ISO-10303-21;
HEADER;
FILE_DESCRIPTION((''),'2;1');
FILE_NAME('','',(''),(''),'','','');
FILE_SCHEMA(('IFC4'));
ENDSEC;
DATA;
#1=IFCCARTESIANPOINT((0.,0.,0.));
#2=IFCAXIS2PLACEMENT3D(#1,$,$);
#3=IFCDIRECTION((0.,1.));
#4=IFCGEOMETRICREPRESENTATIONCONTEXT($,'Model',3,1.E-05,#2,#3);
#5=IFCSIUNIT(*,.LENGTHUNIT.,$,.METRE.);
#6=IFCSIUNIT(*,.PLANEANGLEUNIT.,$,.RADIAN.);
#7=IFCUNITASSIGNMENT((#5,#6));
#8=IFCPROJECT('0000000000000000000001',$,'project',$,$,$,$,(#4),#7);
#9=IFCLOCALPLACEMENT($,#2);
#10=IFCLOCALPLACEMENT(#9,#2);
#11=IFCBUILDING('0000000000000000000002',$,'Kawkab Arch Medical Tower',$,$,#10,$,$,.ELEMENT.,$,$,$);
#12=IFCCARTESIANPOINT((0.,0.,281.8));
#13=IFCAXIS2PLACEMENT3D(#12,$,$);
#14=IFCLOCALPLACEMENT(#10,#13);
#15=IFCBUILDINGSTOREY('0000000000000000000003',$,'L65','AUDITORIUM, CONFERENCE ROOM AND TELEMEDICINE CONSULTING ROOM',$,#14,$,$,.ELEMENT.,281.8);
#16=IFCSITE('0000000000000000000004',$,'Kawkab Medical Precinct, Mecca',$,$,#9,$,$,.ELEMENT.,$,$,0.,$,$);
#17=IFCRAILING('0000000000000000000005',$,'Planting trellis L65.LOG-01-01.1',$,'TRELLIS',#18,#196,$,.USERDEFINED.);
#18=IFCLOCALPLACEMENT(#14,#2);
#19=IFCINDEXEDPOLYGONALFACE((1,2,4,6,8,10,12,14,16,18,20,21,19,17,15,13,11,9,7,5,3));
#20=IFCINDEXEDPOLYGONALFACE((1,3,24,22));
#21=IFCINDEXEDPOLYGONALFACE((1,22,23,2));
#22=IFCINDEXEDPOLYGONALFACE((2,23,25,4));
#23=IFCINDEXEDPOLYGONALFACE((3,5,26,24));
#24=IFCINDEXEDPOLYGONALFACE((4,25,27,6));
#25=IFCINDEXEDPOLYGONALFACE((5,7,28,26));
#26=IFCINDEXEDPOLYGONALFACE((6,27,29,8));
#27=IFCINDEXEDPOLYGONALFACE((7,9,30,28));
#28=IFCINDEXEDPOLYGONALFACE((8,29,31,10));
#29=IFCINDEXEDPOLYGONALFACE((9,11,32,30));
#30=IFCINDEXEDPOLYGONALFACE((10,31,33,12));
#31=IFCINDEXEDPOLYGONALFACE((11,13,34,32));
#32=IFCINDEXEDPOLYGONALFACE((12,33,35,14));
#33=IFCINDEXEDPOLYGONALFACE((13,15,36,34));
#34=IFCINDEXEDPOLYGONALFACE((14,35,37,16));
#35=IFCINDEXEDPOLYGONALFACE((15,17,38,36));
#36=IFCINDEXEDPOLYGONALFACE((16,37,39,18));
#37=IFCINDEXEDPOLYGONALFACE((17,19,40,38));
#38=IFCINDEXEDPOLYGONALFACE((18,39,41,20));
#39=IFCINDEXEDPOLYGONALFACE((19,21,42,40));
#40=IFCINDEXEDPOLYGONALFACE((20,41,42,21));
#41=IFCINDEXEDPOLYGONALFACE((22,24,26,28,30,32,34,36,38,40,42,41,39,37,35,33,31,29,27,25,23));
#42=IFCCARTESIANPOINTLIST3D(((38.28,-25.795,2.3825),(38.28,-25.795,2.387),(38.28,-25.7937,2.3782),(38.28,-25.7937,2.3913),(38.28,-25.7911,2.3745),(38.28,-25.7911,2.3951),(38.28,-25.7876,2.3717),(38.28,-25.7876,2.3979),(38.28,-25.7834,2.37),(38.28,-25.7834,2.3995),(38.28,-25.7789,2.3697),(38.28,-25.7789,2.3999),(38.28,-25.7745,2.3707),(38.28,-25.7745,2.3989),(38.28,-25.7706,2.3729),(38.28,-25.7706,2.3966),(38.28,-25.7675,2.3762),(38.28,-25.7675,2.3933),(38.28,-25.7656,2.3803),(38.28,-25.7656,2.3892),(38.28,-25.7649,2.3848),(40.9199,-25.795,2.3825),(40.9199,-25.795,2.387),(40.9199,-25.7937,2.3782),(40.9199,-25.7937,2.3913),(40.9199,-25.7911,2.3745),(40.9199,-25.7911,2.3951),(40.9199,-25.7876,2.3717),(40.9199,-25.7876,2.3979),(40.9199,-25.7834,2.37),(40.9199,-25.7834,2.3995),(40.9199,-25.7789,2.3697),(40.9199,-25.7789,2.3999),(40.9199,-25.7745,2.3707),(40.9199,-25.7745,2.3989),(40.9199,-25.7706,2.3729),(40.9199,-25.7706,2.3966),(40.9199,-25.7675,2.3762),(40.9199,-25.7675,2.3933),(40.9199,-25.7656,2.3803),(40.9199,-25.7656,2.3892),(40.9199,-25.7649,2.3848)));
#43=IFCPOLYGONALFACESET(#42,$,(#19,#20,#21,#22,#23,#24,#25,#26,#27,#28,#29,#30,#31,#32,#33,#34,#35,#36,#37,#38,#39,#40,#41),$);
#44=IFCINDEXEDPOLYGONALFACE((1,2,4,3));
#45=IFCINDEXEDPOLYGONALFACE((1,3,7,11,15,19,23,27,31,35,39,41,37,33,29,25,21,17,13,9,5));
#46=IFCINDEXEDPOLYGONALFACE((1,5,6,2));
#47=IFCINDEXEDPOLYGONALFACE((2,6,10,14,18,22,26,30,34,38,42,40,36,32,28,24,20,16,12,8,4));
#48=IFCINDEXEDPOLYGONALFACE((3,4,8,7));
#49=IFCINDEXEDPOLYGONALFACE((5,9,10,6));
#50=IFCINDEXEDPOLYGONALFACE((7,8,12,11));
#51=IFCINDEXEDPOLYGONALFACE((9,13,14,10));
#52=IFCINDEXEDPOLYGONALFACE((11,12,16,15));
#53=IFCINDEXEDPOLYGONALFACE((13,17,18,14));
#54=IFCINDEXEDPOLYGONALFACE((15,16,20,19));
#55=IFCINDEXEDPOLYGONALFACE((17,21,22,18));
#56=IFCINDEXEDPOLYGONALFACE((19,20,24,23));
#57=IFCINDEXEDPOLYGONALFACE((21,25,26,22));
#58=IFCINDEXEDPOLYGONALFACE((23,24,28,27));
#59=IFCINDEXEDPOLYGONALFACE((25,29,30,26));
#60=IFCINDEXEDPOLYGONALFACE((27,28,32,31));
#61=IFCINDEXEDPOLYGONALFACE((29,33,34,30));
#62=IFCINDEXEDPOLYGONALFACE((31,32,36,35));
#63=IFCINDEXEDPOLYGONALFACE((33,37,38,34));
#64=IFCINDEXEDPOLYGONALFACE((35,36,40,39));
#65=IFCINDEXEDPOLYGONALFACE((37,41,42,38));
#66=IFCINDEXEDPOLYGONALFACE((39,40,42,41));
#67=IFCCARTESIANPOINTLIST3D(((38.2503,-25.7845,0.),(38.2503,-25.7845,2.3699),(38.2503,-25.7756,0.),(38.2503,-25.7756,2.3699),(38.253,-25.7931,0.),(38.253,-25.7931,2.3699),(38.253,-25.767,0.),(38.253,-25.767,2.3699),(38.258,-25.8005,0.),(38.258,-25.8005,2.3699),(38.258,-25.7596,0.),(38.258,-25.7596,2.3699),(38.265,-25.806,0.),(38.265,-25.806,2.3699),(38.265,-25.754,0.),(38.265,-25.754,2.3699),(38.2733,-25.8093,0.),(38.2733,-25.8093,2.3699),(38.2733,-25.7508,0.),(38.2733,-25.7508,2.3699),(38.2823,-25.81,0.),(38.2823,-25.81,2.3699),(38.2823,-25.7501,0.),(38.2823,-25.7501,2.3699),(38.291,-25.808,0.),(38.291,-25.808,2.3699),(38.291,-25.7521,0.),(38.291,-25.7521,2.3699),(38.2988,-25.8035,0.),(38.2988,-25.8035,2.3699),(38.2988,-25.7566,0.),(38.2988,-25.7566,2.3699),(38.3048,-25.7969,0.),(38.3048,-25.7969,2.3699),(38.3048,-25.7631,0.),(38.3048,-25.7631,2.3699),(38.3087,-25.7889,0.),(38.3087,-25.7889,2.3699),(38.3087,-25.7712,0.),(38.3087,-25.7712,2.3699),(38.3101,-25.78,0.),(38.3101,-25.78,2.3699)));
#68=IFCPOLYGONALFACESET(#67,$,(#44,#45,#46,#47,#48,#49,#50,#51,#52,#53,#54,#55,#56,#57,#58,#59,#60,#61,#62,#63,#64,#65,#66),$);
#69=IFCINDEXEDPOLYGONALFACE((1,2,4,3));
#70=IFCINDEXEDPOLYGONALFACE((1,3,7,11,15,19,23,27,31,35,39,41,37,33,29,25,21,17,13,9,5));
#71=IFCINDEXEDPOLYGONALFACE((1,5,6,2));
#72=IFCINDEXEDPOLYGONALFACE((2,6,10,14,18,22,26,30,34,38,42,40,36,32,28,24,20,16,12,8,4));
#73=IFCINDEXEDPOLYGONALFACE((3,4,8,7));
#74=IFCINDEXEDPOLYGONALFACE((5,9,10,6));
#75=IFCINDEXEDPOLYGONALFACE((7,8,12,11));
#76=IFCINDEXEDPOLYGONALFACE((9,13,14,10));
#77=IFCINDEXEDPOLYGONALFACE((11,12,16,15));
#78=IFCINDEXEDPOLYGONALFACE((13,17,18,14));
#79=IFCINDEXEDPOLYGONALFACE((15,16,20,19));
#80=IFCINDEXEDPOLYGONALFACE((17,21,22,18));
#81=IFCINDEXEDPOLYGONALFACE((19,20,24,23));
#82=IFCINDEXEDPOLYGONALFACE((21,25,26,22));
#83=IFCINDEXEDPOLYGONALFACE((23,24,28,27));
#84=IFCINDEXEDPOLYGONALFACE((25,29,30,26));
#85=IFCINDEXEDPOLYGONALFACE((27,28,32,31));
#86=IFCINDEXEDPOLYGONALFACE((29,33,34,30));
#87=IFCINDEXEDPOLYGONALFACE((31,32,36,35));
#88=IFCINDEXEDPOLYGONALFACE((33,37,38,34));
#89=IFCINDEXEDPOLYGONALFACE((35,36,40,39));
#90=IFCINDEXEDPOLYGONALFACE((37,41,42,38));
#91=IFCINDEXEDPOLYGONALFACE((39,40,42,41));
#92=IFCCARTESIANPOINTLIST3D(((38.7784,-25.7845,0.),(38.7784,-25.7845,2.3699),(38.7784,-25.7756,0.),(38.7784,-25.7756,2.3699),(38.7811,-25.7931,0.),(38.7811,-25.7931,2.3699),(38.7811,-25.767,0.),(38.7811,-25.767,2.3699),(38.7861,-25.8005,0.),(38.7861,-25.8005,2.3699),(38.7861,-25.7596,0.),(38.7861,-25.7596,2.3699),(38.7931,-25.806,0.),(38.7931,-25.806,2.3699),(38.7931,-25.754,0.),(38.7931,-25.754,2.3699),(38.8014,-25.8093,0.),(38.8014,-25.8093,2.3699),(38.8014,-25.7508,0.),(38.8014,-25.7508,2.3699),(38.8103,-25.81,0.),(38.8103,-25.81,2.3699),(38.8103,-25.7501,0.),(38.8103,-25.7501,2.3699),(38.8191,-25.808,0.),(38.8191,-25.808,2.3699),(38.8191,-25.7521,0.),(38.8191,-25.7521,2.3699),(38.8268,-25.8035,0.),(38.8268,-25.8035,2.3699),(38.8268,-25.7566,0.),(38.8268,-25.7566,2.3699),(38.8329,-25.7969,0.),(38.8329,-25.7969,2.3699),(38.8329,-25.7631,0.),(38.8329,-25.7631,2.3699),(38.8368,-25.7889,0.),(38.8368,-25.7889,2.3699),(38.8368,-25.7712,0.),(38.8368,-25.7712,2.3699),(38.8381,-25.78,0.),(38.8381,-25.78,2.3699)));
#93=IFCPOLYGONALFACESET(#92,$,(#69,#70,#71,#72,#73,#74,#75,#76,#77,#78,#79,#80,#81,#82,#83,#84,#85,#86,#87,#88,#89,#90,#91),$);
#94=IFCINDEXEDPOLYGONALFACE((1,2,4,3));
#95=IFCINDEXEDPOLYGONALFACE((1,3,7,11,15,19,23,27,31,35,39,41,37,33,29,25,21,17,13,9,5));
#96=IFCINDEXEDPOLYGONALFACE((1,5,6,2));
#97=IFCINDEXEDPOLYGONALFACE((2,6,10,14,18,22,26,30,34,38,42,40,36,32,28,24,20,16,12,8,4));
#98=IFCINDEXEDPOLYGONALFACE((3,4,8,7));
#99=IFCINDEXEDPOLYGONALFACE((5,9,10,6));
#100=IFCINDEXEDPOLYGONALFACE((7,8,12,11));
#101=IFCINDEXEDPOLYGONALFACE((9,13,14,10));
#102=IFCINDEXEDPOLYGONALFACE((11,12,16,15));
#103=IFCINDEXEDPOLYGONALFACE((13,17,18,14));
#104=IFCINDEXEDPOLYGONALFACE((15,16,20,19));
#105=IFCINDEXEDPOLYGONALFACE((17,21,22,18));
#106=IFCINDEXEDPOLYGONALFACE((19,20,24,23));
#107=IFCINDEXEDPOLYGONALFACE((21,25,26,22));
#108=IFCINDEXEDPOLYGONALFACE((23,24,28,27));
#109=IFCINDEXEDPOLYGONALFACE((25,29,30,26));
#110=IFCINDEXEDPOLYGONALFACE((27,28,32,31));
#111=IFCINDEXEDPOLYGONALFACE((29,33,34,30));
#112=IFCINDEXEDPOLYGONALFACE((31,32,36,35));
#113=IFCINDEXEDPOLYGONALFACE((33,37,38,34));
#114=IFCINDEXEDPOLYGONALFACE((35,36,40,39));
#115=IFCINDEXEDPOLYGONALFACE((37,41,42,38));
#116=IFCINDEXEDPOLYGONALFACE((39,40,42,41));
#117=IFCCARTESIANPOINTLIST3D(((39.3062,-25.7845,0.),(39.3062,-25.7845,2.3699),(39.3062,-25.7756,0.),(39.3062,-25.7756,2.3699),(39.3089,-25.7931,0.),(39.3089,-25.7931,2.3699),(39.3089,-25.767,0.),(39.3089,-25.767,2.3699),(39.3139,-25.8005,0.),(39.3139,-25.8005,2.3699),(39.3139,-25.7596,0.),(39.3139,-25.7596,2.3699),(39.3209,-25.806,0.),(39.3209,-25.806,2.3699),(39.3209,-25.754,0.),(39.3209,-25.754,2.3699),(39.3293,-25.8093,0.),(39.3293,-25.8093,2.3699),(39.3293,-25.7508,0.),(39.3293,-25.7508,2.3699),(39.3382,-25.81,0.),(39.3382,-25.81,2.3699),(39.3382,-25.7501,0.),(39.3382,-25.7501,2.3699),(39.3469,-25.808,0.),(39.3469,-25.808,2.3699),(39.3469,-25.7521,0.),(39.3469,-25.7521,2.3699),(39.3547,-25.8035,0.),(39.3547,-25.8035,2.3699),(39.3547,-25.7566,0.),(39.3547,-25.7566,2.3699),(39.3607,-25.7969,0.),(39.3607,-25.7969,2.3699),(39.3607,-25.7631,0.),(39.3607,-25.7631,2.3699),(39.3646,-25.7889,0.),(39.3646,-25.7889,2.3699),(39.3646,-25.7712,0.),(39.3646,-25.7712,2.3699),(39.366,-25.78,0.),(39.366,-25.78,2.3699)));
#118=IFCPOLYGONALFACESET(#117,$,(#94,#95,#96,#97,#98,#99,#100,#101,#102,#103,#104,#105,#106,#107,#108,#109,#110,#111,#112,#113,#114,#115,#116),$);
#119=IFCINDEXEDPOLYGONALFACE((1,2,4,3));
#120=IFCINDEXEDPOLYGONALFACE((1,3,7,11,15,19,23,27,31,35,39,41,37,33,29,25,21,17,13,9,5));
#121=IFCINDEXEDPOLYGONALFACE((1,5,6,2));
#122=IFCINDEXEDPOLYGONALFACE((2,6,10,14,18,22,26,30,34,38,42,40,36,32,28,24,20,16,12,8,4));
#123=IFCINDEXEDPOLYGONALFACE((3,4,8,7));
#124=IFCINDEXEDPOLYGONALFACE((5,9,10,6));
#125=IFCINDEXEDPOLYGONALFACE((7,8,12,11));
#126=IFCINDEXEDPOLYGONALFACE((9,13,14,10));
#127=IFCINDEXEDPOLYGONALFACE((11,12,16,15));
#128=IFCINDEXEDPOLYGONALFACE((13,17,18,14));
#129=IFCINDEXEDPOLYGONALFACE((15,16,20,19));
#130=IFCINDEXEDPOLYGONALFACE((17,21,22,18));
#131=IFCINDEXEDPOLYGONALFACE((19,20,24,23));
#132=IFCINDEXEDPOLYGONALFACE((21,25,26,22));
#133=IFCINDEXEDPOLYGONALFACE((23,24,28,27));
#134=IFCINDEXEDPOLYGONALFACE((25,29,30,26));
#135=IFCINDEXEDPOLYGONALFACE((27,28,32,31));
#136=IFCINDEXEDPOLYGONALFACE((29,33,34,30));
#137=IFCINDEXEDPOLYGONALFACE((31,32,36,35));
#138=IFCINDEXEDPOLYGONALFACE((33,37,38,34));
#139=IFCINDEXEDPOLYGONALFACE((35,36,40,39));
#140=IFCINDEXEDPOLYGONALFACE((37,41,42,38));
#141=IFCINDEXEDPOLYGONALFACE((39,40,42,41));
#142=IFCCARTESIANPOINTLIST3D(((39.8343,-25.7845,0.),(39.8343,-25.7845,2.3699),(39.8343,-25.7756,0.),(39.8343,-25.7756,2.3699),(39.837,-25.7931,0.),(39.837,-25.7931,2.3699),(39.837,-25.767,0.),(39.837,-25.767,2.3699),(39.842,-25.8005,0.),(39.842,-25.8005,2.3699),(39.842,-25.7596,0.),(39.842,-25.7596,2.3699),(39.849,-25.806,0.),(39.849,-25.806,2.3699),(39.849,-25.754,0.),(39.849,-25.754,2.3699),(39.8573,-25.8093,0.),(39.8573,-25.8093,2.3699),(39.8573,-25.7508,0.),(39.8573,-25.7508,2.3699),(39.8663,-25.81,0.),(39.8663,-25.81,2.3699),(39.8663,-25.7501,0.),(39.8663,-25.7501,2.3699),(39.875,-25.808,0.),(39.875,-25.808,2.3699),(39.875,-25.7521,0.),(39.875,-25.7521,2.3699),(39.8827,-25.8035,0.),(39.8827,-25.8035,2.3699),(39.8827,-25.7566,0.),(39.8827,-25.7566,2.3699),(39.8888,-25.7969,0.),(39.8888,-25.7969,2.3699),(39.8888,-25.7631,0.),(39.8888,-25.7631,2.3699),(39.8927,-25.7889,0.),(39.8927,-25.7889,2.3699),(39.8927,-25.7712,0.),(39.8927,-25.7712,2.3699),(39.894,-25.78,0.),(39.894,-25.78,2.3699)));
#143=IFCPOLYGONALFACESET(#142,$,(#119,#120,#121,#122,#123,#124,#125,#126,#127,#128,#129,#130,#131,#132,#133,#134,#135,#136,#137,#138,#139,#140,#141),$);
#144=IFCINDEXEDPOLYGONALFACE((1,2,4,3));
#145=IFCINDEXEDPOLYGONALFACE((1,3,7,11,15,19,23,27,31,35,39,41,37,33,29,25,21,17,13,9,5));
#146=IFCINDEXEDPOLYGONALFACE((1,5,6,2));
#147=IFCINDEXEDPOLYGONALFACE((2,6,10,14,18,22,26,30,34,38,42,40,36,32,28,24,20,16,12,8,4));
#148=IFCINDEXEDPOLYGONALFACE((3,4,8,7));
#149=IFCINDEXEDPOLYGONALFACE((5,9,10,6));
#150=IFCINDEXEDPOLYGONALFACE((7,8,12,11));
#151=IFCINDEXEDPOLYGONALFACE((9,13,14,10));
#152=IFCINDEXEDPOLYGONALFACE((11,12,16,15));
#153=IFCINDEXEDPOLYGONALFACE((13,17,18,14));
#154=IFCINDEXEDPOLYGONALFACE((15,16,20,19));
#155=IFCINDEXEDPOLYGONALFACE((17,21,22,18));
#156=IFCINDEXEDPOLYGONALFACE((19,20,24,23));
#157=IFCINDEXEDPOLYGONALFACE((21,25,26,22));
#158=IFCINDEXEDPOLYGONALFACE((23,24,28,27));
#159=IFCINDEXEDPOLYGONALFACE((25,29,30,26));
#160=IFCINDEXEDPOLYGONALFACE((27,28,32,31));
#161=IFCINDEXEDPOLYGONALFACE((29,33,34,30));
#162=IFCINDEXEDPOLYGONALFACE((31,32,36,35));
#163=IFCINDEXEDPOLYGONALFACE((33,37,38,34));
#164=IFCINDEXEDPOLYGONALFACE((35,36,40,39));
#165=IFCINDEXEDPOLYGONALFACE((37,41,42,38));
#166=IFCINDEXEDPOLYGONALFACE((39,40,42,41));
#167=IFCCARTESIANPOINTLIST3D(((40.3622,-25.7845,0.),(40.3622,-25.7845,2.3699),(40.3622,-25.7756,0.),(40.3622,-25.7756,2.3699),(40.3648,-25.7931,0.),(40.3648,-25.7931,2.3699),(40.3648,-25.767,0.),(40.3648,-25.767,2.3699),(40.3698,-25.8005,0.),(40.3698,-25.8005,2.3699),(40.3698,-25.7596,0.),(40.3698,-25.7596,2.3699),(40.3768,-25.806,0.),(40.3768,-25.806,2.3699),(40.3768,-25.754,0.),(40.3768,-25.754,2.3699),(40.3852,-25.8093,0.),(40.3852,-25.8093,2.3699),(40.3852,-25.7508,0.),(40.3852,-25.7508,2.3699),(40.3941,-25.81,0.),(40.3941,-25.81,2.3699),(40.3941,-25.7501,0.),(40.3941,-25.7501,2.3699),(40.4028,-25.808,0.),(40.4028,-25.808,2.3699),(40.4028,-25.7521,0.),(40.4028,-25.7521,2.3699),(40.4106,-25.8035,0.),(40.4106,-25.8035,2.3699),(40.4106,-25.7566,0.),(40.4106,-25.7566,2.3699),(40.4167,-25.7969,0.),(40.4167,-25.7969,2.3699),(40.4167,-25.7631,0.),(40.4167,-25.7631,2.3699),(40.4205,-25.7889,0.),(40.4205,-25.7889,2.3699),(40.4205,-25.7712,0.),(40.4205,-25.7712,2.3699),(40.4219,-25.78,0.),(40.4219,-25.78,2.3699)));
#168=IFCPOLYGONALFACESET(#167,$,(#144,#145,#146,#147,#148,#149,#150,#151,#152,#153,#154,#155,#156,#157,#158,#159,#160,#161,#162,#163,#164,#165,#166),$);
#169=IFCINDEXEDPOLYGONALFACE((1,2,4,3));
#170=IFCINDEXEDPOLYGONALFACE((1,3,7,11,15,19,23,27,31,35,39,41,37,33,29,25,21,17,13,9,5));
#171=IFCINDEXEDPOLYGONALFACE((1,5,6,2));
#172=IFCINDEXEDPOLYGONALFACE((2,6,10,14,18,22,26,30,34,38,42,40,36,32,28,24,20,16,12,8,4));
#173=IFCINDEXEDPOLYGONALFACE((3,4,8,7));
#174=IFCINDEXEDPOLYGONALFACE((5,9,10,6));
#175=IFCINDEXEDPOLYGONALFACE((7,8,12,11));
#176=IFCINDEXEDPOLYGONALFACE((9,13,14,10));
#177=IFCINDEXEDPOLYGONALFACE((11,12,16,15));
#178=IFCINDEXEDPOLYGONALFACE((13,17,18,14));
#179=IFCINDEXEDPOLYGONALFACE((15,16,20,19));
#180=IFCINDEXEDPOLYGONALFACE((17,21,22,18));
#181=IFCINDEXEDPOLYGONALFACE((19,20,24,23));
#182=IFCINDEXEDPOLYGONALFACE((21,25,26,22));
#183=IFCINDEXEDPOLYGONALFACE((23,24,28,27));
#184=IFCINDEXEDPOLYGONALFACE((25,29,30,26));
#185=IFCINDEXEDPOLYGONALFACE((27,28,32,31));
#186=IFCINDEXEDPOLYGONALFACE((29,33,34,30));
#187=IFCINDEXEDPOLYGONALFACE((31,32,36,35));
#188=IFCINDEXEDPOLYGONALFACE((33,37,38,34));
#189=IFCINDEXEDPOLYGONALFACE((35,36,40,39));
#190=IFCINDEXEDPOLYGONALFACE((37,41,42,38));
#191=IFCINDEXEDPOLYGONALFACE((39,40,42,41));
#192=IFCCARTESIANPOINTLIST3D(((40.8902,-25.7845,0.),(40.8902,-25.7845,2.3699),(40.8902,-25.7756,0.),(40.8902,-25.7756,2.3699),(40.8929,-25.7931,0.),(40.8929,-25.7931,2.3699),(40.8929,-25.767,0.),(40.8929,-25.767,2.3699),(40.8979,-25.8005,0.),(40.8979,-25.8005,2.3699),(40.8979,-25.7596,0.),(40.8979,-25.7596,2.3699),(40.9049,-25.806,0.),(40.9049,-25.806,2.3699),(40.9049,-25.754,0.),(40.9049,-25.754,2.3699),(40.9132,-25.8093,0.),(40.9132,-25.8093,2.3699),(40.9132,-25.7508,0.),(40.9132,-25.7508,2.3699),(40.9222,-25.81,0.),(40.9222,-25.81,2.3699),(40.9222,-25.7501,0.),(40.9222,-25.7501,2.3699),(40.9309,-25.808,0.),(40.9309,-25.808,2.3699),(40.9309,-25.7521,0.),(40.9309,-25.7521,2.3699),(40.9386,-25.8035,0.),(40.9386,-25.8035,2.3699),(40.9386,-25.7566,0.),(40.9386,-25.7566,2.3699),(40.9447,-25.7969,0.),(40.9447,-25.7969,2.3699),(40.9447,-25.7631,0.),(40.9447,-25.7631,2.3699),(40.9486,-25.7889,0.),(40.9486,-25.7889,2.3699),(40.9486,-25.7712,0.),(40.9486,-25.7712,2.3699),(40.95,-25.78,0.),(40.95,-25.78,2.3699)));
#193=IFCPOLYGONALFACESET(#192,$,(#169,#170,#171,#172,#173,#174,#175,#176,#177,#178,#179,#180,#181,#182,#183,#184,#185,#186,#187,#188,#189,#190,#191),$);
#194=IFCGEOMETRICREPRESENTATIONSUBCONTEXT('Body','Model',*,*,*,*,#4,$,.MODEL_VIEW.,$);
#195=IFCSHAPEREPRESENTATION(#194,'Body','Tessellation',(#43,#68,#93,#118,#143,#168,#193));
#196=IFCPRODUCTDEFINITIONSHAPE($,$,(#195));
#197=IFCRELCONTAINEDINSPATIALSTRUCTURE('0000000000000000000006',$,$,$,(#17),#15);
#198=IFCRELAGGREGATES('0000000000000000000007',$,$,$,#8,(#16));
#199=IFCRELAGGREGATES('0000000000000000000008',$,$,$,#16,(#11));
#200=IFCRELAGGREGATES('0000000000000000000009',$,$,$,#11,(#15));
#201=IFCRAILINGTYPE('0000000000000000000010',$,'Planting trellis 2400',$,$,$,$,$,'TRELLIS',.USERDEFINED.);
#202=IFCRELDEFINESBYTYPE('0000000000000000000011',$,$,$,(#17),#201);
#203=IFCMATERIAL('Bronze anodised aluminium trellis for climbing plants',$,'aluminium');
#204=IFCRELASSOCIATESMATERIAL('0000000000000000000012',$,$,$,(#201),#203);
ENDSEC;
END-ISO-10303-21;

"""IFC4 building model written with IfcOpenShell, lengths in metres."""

from ifc_helpers import new_model, si_unit, direction, frame, origin, origin_2d, place, context, subcontext, project, spatial, circle, extrude, material, type_object, element, save


model = new_model("IFC4")

# Units and contexts
model_context = context("Model", 3, precision=1e-05, world=origin(), true_north=direction((0.0, 1.0)))
body_context = subcontext(model_context, "Body", "Model", "MODEL_VIEW")
ifc_project = project(units=[si_unit("LENGTHUNIT", "METRE"), si_unit("PLANEANGLEUNIT", "RADIAN")], contexts=[model_context])

# Site, building, storey
site_placement = place(None, origin())
site = spatial("IfcSite", under=ifc_project, at=site_placement, Name="Kawkab Medical Precinct, Mecca", CompositionType="ELEMENT", RefElevation=0.0)
building_placement = place(site_placement, origin())
building = spatial("IfcBuilding", under=site, at=building_placement, Name="Kawkab Arch Medical Tower", CompositionType="ELEMENT")
storey_placement = place(building_placement, frame((0.0, 0.0, 281.8)))
storey = spatial("IfcBuildingStorey", under=building, at=storey_placement, Name="L65", Description="AUDITORIUM, CONFERENCE ROOM AND TELEMEDICINE CONSULTING ROOM", CompositionType="ELEMENT", Elevation=281.8)

# Railing
ifc_material_1 = material(Name="Bronze anodised aluminium trellis for climbing plants", Category="aluminium")
railing_type_1 = type_object("IfcRailingType", Name="Planting trellis 2400", ElementType="TRELLIS", PredefinedType="USERDEFINED", material=ifc_material_1)
railing_1_placement = place(storey_placement, frame((38.28, -25.78, 0.0)))
element("IfcRailing", 1, at=railing_1_placement, inside=storey, type_object=railing_type_1, Name="Planting trellis L65.LOG-01-01.1", ObjectType="TRELLIS", PredefinedType="USERDEFINED", context=body_context, shape_type="SweptSolid", body=[
    extrude(circle(Radius=0.0151, at=origin_2d()), frame((0.0, 0.0, 2.3848), z_axis=(1.0, 0.0, 0.0), x_axis=(0.0, 1.0, 0.0)), (0.0, 0.0, 1.0), 2.6399),
    extrude(circle(Radius=0.03, at=origin_2d()), origin(), (0.0, 0.0, 1.0), 2.3699),
    extrude(circle(Radius=0.03, at=origin_2d()), frame((0.5281, 0.0, 0.0)), (0.0, 0.0, 1.0), 2.3699),
    extrude(circle(Radius=0.03, at=origin_2d()), frame((1.0559, 0.0, 0.0)), (0.0, 0.0, 1.0), 2.3699),
    extrude(circle(Radius=0.03, at=origin_2d()), frame((1.584, 0.0, 0.0)), (0.0, 0.0, 1.0), 2.3699),
    extrude(circle(Radius=0.03, at=origin_2d()), frame((2.1118, 0.0, 0.0)), (0.0, 0.0, 1.0), 2.3699),
    extrude(circle(Radius=0.03, at=origin_2d()), frame((2.6399, 0.0, 0.0)), (0.0, 0.0, 1.0), 2.3699),
])

save(model, "model.ifc")
